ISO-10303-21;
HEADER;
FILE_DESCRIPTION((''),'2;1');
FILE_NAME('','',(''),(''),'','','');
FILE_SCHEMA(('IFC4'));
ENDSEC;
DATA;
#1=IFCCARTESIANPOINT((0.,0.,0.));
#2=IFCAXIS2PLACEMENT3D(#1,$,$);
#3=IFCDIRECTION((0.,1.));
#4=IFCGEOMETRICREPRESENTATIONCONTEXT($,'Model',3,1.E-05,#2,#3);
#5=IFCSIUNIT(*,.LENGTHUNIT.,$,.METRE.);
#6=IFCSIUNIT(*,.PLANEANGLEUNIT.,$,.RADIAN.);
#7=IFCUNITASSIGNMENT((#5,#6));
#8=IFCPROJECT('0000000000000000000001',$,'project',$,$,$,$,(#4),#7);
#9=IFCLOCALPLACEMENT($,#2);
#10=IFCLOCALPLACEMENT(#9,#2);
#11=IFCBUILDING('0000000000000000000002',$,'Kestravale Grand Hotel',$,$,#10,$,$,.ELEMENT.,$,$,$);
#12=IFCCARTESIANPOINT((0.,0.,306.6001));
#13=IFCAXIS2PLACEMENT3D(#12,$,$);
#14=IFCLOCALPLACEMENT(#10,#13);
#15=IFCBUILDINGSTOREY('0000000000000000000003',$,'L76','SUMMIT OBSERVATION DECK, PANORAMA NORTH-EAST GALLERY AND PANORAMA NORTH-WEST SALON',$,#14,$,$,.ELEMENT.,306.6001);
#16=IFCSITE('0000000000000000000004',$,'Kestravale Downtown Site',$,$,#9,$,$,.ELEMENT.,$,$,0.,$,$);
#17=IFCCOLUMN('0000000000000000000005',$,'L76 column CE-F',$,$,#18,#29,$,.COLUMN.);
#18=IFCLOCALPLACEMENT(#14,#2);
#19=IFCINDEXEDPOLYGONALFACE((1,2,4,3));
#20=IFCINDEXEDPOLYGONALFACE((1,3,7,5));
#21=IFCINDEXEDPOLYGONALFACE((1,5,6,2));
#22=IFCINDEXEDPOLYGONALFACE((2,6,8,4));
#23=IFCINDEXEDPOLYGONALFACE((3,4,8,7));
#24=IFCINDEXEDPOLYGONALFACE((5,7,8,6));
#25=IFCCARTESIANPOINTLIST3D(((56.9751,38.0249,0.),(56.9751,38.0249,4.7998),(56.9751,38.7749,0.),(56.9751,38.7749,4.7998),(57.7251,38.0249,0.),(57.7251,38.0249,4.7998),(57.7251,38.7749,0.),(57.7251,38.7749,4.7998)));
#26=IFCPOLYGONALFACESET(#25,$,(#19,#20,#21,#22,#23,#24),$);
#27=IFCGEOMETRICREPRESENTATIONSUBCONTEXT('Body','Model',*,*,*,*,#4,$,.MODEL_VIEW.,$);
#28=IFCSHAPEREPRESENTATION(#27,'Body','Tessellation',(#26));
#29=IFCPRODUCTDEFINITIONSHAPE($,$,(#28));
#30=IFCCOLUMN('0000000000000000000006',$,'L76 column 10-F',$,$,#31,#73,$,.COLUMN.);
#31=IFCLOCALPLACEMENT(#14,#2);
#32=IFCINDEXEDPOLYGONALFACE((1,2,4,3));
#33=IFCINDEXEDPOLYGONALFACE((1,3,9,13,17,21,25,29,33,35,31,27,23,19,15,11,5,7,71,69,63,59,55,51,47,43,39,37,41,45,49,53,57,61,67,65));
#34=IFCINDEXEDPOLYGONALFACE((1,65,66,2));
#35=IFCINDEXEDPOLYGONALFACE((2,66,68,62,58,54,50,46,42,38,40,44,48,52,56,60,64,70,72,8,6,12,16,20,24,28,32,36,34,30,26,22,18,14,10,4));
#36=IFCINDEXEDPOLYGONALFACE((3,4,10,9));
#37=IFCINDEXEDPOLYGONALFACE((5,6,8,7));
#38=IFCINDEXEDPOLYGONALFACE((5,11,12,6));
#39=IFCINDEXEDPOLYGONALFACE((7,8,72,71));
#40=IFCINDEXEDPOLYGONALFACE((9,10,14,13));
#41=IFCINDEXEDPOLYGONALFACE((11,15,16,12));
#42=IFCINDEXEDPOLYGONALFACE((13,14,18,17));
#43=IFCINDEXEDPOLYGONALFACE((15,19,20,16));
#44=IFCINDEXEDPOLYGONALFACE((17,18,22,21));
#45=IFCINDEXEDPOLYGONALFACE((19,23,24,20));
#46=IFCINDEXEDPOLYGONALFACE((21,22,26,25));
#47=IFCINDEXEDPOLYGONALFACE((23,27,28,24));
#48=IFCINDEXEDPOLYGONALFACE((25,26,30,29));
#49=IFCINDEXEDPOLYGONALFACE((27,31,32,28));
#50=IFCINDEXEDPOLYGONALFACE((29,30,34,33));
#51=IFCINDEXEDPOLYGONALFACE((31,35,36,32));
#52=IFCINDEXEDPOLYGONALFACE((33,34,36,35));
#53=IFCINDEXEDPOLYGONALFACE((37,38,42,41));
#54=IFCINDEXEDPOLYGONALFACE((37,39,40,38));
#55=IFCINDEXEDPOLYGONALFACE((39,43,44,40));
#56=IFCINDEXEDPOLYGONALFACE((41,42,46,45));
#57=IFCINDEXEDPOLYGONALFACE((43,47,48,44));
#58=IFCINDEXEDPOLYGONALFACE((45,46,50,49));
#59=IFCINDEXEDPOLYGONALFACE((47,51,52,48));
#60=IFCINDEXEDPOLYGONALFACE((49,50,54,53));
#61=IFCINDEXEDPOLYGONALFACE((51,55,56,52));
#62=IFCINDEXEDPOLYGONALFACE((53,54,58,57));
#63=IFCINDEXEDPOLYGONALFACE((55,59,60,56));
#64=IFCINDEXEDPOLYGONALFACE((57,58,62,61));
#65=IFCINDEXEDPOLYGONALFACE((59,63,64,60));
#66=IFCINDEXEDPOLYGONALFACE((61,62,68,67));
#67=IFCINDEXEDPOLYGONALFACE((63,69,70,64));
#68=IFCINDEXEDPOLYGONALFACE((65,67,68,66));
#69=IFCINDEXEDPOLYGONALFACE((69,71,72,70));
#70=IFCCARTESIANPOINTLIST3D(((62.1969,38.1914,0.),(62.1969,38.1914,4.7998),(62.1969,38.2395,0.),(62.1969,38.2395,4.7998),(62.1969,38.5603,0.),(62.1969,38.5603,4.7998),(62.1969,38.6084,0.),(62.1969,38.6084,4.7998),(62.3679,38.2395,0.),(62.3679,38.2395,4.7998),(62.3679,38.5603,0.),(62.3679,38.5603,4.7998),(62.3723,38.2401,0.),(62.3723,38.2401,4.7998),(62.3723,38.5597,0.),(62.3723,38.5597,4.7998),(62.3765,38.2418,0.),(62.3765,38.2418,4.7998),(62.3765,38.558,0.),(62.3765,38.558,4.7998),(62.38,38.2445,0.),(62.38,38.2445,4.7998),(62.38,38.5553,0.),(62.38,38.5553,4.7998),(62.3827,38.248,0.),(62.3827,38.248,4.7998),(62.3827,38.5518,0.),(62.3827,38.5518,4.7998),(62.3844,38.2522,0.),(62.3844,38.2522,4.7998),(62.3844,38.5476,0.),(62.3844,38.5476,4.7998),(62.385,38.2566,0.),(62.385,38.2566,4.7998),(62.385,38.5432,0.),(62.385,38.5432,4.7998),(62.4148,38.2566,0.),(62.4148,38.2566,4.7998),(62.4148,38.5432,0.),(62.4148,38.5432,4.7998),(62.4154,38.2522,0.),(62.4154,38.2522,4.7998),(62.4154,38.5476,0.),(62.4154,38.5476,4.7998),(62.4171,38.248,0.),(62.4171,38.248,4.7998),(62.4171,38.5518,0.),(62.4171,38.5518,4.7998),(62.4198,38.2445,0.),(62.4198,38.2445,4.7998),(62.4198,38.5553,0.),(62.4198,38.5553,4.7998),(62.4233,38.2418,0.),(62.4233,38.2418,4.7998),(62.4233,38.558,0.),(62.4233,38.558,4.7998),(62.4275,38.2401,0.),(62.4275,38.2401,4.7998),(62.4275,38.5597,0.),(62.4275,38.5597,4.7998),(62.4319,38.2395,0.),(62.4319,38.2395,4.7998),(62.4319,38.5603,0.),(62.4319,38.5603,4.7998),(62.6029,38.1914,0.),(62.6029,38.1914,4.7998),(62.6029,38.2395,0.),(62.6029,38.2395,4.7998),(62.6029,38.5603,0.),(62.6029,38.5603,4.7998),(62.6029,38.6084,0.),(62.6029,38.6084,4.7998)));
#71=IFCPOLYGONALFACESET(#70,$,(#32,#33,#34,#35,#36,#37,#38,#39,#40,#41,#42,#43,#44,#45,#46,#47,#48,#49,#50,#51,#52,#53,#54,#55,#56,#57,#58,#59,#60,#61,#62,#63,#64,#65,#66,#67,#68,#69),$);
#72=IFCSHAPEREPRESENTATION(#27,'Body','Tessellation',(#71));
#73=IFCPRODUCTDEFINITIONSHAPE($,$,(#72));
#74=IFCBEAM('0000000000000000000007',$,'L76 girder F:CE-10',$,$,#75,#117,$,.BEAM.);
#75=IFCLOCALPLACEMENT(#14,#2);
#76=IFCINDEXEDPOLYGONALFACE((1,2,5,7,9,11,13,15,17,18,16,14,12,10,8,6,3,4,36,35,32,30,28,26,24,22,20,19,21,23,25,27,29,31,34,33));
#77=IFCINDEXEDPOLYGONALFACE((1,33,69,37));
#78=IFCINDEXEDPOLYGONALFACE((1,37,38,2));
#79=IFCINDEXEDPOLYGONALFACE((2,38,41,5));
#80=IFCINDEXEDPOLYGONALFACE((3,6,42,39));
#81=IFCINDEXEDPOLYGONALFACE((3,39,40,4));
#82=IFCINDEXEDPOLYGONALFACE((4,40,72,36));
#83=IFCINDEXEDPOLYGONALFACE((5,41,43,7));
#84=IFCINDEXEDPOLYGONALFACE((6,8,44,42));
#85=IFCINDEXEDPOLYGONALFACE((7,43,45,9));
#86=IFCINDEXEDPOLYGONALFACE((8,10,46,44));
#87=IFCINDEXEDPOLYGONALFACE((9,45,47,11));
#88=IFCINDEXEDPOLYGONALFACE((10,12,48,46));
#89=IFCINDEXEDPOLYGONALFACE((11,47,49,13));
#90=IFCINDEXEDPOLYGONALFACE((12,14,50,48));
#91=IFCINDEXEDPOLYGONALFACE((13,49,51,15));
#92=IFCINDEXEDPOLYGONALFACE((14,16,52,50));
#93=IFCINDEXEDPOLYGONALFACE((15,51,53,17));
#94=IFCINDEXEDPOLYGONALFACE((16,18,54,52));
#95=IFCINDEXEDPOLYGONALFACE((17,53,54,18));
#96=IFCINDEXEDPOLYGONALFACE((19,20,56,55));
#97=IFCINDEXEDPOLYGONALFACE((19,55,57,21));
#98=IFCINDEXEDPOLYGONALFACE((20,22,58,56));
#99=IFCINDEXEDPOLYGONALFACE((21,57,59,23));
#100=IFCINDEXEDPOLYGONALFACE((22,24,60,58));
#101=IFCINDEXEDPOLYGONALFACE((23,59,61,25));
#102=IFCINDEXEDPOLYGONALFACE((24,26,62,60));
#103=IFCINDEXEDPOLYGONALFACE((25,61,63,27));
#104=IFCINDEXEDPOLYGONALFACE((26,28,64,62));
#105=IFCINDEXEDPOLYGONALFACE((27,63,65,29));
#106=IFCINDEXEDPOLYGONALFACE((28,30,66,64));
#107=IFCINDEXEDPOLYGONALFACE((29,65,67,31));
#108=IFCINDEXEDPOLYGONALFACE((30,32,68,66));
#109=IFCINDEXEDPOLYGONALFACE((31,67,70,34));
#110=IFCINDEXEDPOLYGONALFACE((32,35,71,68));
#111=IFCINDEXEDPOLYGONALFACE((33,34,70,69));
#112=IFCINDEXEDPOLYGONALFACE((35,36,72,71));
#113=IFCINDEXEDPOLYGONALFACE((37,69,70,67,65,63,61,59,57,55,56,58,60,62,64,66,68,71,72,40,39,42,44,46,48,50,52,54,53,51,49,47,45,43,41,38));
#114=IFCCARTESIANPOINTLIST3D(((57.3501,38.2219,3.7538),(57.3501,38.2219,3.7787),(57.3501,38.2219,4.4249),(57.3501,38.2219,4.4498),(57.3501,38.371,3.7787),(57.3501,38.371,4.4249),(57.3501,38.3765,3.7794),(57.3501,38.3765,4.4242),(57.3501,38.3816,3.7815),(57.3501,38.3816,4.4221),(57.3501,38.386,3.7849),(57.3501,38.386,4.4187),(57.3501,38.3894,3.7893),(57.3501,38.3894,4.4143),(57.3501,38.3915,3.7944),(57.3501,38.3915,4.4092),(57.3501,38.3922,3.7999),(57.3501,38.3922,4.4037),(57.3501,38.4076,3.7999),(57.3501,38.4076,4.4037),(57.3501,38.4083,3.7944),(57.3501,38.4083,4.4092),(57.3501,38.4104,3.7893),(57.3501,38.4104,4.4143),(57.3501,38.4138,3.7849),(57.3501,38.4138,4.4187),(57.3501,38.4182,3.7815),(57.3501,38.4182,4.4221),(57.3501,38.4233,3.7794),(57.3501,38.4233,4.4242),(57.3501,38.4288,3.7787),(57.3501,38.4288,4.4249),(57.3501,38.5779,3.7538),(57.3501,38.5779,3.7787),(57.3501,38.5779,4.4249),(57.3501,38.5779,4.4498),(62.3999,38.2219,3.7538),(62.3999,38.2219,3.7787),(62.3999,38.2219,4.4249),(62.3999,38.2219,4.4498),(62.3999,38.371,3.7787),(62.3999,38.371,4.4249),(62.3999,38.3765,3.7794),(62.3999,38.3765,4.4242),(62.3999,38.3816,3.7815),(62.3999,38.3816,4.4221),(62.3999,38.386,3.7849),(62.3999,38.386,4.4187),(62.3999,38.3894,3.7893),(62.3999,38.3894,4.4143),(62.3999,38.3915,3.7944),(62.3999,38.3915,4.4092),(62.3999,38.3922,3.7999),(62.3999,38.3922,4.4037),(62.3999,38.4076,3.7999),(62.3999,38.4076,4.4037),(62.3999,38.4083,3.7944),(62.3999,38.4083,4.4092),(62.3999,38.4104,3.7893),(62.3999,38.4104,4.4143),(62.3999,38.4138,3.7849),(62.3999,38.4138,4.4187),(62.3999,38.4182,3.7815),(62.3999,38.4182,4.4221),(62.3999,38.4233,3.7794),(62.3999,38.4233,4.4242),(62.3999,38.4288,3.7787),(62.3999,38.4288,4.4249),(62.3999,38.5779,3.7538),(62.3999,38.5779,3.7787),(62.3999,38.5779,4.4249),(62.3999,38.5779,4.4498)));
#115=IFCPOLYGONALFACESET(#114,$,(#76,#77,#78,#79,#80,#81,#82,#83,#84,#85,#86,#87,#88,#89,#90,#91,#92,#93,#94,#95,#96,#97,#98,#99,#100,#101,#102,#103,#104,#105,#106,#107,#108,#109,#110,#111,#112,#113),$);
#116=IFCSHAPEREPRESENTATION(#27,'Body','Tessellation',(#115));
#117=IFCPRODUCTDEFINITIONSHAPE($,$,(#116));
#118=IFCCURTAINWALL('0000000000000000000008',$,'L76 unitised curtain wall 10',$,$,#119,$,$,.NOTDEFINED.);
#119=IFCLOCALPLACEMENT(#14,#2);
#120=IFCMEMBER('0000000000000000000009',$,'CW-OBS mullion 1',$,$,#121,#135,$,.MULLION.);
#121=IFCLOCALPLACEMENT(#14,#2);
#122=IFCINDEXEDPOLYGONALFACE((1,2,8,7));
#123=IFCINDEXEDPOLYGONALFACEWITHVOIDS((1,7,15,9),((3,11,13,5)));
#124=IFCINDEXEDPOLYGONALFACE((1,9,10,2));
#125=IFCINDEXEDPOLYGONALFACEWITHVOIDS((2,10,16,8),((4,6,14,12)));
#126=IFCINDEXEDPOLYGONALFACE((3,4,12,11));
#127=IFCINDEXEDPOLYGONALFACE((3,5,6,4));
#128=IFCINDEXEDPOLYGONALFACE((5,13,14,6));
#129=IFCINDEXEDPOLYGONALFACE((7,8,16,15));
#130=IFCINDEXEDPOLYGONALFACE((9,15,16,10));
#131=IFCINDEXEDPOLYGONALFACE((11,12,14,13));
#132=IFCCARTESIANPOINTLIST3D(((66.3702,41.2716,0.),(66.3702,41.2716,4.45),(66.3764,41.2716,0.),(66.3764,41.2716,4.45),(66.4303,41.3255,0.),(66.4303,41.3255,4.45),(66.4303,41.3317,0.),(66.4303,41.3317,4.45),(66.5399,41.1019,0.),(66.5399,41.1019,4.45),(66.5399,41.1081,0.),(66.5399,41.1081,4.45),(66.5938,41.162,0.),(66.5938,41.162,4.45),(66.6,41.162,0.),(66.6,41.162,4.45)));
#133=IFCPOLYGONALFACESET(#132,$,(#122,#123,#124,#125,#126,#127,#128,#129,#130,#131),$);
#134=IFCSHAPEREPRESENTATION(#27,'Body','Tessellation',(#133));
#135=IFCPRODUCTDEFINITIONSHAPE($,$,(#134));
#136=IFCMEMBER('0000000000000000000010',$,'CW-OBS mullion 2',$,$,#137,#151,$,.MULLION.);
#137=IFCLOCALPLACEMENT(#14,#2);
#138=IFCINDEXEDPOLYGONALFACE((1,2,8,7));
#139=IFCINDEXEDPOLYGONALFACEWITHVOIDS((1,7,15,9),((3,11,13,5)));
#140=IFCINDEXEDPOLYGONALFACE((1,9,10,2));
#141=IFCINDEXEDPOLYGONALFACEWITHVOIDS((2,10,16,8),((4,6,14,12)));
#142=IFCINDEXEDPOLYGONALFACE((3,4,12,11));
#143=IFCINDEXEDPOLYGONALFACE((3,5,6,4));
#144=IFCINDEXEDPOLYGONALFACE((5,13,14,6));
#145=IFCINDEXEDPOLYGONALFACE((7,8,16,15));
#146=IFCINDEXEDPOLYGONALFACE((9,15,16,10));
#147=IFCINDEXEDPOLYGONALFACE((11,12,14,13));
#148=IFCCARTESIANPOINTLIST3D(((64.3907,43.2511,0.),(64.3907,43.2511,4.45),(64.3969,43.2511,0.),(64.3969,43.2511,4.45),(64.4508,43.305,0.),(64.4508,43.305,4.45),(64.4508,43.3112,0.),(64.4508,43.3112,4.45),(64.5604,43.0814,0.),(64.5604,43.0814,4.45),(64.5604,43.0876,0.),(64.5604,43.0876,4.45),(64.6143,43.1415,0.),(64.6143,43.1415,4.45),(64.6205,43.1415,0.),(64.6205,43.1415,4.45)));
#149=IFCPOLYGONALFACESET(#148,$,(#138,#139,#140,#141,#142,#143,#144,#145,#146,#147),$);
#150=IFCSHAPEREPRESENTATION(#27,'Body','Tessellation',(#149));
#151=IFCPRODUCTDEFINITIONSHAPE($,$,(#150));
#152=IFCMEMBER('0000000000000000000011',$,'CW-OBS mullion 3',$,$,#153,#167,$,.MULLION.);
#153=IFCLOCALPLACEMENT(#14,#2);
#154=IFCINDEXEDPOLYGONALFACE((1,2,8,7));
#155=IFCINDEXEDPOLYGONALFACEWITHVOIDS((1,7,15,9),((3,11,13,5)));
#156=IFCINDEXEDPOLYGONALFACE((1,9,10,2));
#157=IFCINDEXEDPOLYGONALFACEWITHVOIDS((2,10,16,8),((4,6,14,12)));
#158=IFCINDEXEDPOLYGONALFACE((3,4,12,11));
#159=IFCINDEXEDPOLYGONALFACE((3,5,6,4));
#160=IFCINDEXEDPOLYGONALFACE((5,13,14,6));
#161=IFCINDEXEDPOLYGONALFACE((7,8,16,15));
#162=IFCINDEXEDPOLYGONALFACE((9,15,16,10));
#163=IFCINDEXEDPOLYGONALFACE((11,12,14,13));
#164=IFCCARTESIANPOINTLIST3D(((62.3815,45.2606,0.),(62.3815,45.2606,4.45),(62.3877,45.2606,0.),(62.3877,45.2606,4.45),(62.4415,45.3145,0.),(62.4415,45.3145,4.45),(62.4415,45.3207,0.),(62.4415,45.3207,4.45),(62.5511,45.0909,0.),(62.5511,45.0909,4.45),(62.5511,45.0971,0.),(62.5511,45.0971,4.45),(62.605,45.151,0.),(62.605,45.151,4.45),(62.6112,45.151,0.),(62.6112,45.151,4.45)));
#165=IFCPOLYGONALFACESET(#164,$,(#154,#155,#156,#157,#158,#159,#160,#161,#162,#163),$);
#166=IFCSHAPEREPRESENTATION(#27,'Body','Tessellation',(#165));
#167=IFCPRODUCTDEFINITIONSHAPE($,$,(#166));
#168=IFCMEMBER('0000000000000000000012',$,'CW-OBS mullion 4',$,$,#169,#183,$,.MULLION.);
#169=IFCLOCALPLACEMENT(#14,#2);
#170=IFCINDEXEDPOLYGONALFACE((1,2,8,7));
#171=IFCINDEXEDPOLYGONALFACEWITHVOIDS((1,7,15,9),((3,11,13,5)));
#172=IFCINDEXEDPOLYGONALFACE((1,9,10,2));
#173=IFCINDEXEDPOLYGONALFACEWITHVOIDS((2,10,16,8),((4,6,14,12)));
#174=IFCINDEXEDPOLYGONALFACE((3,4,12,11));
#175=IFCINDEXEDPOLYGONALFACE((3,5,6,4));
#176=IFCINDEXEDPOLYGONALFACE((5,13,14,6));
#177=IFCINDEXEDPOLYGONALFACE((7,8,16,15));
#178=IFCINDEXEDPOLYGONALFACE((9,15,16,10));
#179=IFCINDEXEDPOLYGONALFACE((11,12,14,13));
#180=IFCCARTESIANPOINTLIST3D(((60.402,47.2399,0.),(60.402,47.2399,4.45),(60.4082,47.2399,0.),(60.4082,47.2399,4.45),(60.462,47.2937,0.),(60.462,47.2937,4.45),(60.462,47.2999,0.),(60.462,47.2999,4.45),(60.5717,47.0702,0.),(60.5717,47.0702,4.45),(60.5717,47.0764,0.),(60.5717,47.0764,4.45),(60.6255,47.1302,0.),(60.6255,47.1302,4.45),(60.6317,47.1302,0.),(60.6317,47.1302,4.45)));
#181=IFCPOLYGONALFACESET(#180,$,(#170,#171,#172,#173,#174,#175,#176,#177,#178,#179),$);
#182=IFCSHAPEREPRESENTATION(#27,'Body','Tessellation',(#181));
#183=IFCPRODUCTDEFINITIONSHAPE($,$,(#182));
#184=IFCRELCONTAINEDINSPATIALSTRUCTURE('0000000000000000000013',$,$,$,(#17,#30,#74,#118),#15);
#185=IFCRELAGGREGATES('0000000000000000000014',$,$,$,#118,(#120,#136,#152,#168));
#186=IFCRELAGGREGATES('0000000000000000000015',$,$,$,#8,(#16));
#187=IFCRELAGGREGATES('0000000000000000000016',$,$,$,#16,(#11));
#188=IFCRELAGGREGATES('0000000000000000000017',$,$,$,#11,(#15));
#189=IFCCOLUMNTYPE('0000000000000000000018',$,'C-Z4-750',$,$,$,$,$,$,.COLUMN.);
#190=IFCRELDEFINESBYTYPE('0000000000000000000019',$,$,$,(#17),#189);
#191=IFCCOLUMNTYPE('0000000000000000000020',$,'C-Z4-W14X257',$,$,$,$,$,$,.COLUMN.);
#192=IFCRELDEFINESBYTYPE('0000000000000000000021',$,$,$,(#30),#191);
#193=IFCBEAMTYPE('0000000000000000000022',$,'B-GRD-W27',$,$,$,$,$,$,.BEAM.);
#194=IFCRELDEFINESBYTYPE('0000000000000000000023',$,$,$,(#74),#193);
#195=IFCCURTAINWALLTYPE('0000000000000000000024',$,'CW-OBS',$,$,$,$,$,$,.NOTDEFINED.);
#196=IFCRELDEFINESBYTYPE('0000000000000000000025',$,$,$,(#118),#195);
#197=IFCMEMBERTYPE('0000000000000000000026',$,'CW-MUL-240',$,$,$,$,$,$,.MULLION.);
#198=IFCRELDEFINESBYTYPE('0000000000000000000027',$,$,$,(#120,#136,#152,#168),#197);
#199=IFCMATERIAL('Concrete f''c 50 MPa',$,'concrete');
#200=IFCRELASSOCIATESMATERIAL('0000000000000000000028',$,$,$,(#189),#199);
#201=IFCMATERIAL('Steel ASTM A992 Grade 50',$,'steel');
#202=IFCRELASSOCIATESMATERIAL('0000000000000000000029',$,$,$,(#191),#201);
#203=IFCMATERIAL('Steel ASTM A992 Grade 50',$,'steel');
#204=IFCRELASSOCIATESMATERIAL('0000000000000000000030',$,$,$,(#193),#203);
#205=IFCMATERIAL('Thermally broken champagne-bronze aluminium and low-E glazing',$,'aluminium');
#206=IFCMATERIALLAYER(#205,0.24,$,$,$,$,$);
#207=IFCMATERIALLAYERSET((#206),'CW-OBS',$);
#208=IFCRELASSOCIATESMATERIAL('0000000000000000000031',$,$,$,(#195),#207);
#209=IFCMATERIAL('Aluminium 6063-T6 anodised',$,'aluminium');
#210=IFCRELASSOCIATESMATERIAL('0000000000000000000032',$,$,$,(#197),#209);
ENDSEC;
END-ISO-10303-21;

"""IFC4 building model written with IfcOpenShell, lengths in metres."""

from ifc_helpers import new_model, si_unit, direction, frame, origin, origin_2d, place, context, subcontext, project, spatial, rectangle, hollow_rectangle, i_section, extrude, material, layer, layer_set, material_profile, profile_set, type_object, element, aggregate, save


model = new_model("IFC4")

# Units and contexts
model_context = context("Model", 3, precision=1e-05, world=origin(), true_north=direction((0.0, 1.0)))
body_context = subcontext(model_context, "Body", "Model", "MODEL_VIEW")
ifc_project = project(units=[si_unit("LENGTHUNIT", "METRE"), si_unit("PLANEANGLEUNIT", "RADIAN")], contexts=[model_context])

# Site, building, storey
site_placement = place(None, origin())
site = spatial("IfcSite", under=ifc_project, at=site_placement, Name="Kestravale Downtown Site", CompositionType="ELEMENT", RefElevation=0.0)
building_placement = place(site_placement, origin())
building = spatial("IfcBuilding", under=site, at=building_placement, Name="Kestravale Grand Hotel", CompositionType="ELEMENT")
storey_placement = place(building_placement, frame((0.0, 0.0, 306.6001)))
storey = spatial("IfcBuildingStorey", under=building, at=storey_placement, Name="L76", Description="SUMMIT OBSERVATION DECK, PANORAMA NORTH-EAST GALLERY AND PANORAMA NORTH-WEST SALON", CompositionType="ELEMENT", Elevation=306.6001)

# Columns
ifc_material_1 = material(Name="Concrete f'c 50 MPa", Category="concrete")
ifc_material_profile_1 = material_profile(ifc_material_1, rectangle(XDim=0.75, YDim=0.75, at=origin_2d()))
ifc_profile_set_1 = profile_set([ifc_material_profile_1], Name="Concrete f'c 50 MPa")
column_type_1 = type_object("IfcColumnType", Name="C-Z4-750", PredefinedType="COLUMN", material=ifc_profile_set_1)
column_1_placement = place(storey_placement, frame((57.3501, 38.3999, 0.0), z_axis=(0.0, 0.0, 1.0), x_axis=(1.0, 0.0, 0.0)))
element("IfcColumn", 1, at=column_1_placement, inside=storey, type_object=column_type_1, Name="L76 column CE-F", PredefinedType="COLUMN", context=body_context, shape_type="SweptSolid", body=[
    extrude(rectangle(XDim=0.75, YDim=0.75, at=origin_2d()), origin(), (0.0, 0.0, 1.0), 4.7998),
])
ifc_material_2 = material(Name="Steel ASTM A992 Grade 50", Category="steel")
ifc_material_profile_2 = material_profile(ifc_material_2, i_section(OverallWidth=0.406, OverallDepth=0.417, WebThickness=0.0298, FlangeThickness=0.0481, FilletRadius=0.0171, at=origin_2d()))
ifc_profile_set_2 = profile_set([ifc_material_profile_2], Name="Steel ASTM A992 Grade 50")
column_type_2 = type_object("IfcColumnType", Name="C-Z4-W14X257", PredefinedType="COLUMN", material=ifc_profile_set_2)
column_2_placement = place(storey_placement, frame((62.3999, 38.3999, 0.0), z_axis=(0.0, 0.0, 1.0), x_axis=(1.0, 0.0, 0.0)))
element("IfcColumn", 2, at=column_2_placement, inside=storey, type_object=column_type_2, Name="L76 column 10-F", PredefinedType="COLUMN", context=body_context, shape_type="SweptSolid", body=[
    extrude(i_section(OverallWidth=0.406, OverallDepth=0.417, WebThickness=0.0298, FlangeThickness=0.0481, FilletRadius=0.0171, at=origin_2d()), origin(), (0.0, 0.0, 1.0), 4.7998),
])

# Beam
ifc_material_3 = material(Name="Steel ASTM A992 Grade 50", Category="steel")
ifc_material_profile_3 = material_profile(ifc_material_3, i_section(OverallWidth=0.356, OverallDepth=0.696, WebThickness=0.0154, FlangeThickness=0.0249, FilletRadius=0.0212, at=origin_2d()))
ifc_profile_set_3 = profile_set([ifc_material_profile_3], Name="Steel ASTM A992 Grade 50")
beam_type = type_object("IfcBeamType", Name="B-GRD-W27", PredefinedType="BEAM", material=ifc_profile_set_3)
beam_placement = place(storey_placement, frame((57.3501, 38.3999, 4.1018), z_axis=(1.0, 0.0, 0.0), x_axis=(0.0, 1.0, 0.0)))
element("IfcBeam", 3, at=beam_placement, inside=storey, type_object=beam_type, Name="L76 girder F:CE-10", PredefinedType="BEAM", context=body_context, shape_type="SweptSolid", body=[
    extrude(i_section(OverallWidth=0.356, OverallDepth=0.696, WebThickness=0.0154, FlangeThickness=0.0249, FilletRadius=0.0212, at=origin_2d()), origin(), (0.0, 0.0, 1.0), 5.0498),
])

# Curtain wall, members
ifc_material_4 = material(Name="Thermally broken champagne-bronze aluminium and low-E glazing", Category="aluminium")
ifc_layer_1 = layer(ifc_material_4, 0.24)
ifc_layer_set_1 = layer_set([ifc_layer_1], Name="CW-OBS")
curtain_wall_type = type_object("IfcCurtainWallType", Name="CW-OBS", PredefinedType="NOTDEFINED", material=ifc_layer_set_1)
curtain_wall_placement = place(storey_placement, origin())
curtain_wall = element("IfcCurtainWall", 4, at=curtain_wall_placement, inside=storey, type_object=curtain_wall_type, Name="L76 unitised curtain wall 10", PredefinedType="NOTDEFINED")
ifc_material_5 = material(Name="Aluminium 6063-T6 anodised", Category="aluminium")
ifc_material_profile_4 = material_profile(ifc_material_5, hollow_rectangle(XDim=0.085, YDim=0.24, WallThickness=0.0044, at=origin_2d()))
ifc_profile_set_4 = profile_set([ifc_material_profile_4], Name="Aluminium 6063-T6 anodised")
member_type_1 = type_object("IfcMemberType", Name="CW-MUL-240", PredefinedType="MULLION", material=ifc_profile_set_4)
member_1_placement = place(storey_placement, frame((66.4851, 41.2168, 0.0), z_axis=(0.0, 0.0, 1.0), x_axis=(-0.707107, -0.707107, 0.0)))
member_1 = element("IfcMember", 5, at=member_1_placement, type_object=member_type_1, Name="CW-OBS mullion 1", PredefinedType="MULLION", context=body_context, shape_type="SweptSolid", body=[
    extrude(hollow_rectangle(XDim=0.085, YDim=0.24, WallThickness=0.0044, at=origin_2d()), origin(), (0.0, 0.0, 1.0), 4.45),
])
member_2_placement = place(storey_placement, frame((64.5056, 43.1963, 0.0), z_axis=(0.0, 0.0, 1.0), x_axis=(-0.707107, -0.707107, 0.0)))
member_2 = element("IfcMember", 6, at=member_2_placement, type_object=member_type_1, Name="CW-OBS mullion 2", PredefinedType="MULLION", context=body_context, shape_type="SweptSolid", body=[
    extrude(hollow_rectangle(XDim=0.085, YDim=0.24, WallThickness=0.0044, at=origin_2d()), origin(), (0.0, 0.0, 1.0), 4.45),
])
member_3_placement = place(storey_placement, frame((62.4963, 45.2058, 0.0), z_axis=(0.0, 0.0, 1.0), x_axis=(-0.707107, -0.707107, 0.0)))
member_3 = element("IfcMember", 7, at=member_3_placement, type_object=member_type_1, Name="CW-OBS mullion 3", PredefinedType="MULLION", context=body_context, shape_type="SweptSolid", body=[
    extrude(hollow_rectangle(XDim=0.085, YDim=0.24, WallThickness=0.0044, at=origin_2d()), origin(), (0.0, 0.0, 1.0), 4.45),
])
member_4_placement = place(storey_placement, frame((60.5168, 47.1851, 0.0), z_axis=(0.0, 0.0, 1.0), x_axis=(-0.707107, -0.707107, 0.0)))
member_4 = element("IfcMember", 8, at=member_4_placement, type_object=member_type_1, Name="CW-OBS mullion 4", PredefinedType="MULLION", context=body_context, shape_type="SweptSolid", body=[
    extrude(hollow_rectangle(XDim=0.085, YDim=0.24, WallThickness=0.0044, at=origin_2d()), origin(), (0.0, 0.0, 1.0), 4.45),
])
aggregate(curtain_wall, [member_1, member_2, member_3, member_4])

save(model, "model.ifc")
